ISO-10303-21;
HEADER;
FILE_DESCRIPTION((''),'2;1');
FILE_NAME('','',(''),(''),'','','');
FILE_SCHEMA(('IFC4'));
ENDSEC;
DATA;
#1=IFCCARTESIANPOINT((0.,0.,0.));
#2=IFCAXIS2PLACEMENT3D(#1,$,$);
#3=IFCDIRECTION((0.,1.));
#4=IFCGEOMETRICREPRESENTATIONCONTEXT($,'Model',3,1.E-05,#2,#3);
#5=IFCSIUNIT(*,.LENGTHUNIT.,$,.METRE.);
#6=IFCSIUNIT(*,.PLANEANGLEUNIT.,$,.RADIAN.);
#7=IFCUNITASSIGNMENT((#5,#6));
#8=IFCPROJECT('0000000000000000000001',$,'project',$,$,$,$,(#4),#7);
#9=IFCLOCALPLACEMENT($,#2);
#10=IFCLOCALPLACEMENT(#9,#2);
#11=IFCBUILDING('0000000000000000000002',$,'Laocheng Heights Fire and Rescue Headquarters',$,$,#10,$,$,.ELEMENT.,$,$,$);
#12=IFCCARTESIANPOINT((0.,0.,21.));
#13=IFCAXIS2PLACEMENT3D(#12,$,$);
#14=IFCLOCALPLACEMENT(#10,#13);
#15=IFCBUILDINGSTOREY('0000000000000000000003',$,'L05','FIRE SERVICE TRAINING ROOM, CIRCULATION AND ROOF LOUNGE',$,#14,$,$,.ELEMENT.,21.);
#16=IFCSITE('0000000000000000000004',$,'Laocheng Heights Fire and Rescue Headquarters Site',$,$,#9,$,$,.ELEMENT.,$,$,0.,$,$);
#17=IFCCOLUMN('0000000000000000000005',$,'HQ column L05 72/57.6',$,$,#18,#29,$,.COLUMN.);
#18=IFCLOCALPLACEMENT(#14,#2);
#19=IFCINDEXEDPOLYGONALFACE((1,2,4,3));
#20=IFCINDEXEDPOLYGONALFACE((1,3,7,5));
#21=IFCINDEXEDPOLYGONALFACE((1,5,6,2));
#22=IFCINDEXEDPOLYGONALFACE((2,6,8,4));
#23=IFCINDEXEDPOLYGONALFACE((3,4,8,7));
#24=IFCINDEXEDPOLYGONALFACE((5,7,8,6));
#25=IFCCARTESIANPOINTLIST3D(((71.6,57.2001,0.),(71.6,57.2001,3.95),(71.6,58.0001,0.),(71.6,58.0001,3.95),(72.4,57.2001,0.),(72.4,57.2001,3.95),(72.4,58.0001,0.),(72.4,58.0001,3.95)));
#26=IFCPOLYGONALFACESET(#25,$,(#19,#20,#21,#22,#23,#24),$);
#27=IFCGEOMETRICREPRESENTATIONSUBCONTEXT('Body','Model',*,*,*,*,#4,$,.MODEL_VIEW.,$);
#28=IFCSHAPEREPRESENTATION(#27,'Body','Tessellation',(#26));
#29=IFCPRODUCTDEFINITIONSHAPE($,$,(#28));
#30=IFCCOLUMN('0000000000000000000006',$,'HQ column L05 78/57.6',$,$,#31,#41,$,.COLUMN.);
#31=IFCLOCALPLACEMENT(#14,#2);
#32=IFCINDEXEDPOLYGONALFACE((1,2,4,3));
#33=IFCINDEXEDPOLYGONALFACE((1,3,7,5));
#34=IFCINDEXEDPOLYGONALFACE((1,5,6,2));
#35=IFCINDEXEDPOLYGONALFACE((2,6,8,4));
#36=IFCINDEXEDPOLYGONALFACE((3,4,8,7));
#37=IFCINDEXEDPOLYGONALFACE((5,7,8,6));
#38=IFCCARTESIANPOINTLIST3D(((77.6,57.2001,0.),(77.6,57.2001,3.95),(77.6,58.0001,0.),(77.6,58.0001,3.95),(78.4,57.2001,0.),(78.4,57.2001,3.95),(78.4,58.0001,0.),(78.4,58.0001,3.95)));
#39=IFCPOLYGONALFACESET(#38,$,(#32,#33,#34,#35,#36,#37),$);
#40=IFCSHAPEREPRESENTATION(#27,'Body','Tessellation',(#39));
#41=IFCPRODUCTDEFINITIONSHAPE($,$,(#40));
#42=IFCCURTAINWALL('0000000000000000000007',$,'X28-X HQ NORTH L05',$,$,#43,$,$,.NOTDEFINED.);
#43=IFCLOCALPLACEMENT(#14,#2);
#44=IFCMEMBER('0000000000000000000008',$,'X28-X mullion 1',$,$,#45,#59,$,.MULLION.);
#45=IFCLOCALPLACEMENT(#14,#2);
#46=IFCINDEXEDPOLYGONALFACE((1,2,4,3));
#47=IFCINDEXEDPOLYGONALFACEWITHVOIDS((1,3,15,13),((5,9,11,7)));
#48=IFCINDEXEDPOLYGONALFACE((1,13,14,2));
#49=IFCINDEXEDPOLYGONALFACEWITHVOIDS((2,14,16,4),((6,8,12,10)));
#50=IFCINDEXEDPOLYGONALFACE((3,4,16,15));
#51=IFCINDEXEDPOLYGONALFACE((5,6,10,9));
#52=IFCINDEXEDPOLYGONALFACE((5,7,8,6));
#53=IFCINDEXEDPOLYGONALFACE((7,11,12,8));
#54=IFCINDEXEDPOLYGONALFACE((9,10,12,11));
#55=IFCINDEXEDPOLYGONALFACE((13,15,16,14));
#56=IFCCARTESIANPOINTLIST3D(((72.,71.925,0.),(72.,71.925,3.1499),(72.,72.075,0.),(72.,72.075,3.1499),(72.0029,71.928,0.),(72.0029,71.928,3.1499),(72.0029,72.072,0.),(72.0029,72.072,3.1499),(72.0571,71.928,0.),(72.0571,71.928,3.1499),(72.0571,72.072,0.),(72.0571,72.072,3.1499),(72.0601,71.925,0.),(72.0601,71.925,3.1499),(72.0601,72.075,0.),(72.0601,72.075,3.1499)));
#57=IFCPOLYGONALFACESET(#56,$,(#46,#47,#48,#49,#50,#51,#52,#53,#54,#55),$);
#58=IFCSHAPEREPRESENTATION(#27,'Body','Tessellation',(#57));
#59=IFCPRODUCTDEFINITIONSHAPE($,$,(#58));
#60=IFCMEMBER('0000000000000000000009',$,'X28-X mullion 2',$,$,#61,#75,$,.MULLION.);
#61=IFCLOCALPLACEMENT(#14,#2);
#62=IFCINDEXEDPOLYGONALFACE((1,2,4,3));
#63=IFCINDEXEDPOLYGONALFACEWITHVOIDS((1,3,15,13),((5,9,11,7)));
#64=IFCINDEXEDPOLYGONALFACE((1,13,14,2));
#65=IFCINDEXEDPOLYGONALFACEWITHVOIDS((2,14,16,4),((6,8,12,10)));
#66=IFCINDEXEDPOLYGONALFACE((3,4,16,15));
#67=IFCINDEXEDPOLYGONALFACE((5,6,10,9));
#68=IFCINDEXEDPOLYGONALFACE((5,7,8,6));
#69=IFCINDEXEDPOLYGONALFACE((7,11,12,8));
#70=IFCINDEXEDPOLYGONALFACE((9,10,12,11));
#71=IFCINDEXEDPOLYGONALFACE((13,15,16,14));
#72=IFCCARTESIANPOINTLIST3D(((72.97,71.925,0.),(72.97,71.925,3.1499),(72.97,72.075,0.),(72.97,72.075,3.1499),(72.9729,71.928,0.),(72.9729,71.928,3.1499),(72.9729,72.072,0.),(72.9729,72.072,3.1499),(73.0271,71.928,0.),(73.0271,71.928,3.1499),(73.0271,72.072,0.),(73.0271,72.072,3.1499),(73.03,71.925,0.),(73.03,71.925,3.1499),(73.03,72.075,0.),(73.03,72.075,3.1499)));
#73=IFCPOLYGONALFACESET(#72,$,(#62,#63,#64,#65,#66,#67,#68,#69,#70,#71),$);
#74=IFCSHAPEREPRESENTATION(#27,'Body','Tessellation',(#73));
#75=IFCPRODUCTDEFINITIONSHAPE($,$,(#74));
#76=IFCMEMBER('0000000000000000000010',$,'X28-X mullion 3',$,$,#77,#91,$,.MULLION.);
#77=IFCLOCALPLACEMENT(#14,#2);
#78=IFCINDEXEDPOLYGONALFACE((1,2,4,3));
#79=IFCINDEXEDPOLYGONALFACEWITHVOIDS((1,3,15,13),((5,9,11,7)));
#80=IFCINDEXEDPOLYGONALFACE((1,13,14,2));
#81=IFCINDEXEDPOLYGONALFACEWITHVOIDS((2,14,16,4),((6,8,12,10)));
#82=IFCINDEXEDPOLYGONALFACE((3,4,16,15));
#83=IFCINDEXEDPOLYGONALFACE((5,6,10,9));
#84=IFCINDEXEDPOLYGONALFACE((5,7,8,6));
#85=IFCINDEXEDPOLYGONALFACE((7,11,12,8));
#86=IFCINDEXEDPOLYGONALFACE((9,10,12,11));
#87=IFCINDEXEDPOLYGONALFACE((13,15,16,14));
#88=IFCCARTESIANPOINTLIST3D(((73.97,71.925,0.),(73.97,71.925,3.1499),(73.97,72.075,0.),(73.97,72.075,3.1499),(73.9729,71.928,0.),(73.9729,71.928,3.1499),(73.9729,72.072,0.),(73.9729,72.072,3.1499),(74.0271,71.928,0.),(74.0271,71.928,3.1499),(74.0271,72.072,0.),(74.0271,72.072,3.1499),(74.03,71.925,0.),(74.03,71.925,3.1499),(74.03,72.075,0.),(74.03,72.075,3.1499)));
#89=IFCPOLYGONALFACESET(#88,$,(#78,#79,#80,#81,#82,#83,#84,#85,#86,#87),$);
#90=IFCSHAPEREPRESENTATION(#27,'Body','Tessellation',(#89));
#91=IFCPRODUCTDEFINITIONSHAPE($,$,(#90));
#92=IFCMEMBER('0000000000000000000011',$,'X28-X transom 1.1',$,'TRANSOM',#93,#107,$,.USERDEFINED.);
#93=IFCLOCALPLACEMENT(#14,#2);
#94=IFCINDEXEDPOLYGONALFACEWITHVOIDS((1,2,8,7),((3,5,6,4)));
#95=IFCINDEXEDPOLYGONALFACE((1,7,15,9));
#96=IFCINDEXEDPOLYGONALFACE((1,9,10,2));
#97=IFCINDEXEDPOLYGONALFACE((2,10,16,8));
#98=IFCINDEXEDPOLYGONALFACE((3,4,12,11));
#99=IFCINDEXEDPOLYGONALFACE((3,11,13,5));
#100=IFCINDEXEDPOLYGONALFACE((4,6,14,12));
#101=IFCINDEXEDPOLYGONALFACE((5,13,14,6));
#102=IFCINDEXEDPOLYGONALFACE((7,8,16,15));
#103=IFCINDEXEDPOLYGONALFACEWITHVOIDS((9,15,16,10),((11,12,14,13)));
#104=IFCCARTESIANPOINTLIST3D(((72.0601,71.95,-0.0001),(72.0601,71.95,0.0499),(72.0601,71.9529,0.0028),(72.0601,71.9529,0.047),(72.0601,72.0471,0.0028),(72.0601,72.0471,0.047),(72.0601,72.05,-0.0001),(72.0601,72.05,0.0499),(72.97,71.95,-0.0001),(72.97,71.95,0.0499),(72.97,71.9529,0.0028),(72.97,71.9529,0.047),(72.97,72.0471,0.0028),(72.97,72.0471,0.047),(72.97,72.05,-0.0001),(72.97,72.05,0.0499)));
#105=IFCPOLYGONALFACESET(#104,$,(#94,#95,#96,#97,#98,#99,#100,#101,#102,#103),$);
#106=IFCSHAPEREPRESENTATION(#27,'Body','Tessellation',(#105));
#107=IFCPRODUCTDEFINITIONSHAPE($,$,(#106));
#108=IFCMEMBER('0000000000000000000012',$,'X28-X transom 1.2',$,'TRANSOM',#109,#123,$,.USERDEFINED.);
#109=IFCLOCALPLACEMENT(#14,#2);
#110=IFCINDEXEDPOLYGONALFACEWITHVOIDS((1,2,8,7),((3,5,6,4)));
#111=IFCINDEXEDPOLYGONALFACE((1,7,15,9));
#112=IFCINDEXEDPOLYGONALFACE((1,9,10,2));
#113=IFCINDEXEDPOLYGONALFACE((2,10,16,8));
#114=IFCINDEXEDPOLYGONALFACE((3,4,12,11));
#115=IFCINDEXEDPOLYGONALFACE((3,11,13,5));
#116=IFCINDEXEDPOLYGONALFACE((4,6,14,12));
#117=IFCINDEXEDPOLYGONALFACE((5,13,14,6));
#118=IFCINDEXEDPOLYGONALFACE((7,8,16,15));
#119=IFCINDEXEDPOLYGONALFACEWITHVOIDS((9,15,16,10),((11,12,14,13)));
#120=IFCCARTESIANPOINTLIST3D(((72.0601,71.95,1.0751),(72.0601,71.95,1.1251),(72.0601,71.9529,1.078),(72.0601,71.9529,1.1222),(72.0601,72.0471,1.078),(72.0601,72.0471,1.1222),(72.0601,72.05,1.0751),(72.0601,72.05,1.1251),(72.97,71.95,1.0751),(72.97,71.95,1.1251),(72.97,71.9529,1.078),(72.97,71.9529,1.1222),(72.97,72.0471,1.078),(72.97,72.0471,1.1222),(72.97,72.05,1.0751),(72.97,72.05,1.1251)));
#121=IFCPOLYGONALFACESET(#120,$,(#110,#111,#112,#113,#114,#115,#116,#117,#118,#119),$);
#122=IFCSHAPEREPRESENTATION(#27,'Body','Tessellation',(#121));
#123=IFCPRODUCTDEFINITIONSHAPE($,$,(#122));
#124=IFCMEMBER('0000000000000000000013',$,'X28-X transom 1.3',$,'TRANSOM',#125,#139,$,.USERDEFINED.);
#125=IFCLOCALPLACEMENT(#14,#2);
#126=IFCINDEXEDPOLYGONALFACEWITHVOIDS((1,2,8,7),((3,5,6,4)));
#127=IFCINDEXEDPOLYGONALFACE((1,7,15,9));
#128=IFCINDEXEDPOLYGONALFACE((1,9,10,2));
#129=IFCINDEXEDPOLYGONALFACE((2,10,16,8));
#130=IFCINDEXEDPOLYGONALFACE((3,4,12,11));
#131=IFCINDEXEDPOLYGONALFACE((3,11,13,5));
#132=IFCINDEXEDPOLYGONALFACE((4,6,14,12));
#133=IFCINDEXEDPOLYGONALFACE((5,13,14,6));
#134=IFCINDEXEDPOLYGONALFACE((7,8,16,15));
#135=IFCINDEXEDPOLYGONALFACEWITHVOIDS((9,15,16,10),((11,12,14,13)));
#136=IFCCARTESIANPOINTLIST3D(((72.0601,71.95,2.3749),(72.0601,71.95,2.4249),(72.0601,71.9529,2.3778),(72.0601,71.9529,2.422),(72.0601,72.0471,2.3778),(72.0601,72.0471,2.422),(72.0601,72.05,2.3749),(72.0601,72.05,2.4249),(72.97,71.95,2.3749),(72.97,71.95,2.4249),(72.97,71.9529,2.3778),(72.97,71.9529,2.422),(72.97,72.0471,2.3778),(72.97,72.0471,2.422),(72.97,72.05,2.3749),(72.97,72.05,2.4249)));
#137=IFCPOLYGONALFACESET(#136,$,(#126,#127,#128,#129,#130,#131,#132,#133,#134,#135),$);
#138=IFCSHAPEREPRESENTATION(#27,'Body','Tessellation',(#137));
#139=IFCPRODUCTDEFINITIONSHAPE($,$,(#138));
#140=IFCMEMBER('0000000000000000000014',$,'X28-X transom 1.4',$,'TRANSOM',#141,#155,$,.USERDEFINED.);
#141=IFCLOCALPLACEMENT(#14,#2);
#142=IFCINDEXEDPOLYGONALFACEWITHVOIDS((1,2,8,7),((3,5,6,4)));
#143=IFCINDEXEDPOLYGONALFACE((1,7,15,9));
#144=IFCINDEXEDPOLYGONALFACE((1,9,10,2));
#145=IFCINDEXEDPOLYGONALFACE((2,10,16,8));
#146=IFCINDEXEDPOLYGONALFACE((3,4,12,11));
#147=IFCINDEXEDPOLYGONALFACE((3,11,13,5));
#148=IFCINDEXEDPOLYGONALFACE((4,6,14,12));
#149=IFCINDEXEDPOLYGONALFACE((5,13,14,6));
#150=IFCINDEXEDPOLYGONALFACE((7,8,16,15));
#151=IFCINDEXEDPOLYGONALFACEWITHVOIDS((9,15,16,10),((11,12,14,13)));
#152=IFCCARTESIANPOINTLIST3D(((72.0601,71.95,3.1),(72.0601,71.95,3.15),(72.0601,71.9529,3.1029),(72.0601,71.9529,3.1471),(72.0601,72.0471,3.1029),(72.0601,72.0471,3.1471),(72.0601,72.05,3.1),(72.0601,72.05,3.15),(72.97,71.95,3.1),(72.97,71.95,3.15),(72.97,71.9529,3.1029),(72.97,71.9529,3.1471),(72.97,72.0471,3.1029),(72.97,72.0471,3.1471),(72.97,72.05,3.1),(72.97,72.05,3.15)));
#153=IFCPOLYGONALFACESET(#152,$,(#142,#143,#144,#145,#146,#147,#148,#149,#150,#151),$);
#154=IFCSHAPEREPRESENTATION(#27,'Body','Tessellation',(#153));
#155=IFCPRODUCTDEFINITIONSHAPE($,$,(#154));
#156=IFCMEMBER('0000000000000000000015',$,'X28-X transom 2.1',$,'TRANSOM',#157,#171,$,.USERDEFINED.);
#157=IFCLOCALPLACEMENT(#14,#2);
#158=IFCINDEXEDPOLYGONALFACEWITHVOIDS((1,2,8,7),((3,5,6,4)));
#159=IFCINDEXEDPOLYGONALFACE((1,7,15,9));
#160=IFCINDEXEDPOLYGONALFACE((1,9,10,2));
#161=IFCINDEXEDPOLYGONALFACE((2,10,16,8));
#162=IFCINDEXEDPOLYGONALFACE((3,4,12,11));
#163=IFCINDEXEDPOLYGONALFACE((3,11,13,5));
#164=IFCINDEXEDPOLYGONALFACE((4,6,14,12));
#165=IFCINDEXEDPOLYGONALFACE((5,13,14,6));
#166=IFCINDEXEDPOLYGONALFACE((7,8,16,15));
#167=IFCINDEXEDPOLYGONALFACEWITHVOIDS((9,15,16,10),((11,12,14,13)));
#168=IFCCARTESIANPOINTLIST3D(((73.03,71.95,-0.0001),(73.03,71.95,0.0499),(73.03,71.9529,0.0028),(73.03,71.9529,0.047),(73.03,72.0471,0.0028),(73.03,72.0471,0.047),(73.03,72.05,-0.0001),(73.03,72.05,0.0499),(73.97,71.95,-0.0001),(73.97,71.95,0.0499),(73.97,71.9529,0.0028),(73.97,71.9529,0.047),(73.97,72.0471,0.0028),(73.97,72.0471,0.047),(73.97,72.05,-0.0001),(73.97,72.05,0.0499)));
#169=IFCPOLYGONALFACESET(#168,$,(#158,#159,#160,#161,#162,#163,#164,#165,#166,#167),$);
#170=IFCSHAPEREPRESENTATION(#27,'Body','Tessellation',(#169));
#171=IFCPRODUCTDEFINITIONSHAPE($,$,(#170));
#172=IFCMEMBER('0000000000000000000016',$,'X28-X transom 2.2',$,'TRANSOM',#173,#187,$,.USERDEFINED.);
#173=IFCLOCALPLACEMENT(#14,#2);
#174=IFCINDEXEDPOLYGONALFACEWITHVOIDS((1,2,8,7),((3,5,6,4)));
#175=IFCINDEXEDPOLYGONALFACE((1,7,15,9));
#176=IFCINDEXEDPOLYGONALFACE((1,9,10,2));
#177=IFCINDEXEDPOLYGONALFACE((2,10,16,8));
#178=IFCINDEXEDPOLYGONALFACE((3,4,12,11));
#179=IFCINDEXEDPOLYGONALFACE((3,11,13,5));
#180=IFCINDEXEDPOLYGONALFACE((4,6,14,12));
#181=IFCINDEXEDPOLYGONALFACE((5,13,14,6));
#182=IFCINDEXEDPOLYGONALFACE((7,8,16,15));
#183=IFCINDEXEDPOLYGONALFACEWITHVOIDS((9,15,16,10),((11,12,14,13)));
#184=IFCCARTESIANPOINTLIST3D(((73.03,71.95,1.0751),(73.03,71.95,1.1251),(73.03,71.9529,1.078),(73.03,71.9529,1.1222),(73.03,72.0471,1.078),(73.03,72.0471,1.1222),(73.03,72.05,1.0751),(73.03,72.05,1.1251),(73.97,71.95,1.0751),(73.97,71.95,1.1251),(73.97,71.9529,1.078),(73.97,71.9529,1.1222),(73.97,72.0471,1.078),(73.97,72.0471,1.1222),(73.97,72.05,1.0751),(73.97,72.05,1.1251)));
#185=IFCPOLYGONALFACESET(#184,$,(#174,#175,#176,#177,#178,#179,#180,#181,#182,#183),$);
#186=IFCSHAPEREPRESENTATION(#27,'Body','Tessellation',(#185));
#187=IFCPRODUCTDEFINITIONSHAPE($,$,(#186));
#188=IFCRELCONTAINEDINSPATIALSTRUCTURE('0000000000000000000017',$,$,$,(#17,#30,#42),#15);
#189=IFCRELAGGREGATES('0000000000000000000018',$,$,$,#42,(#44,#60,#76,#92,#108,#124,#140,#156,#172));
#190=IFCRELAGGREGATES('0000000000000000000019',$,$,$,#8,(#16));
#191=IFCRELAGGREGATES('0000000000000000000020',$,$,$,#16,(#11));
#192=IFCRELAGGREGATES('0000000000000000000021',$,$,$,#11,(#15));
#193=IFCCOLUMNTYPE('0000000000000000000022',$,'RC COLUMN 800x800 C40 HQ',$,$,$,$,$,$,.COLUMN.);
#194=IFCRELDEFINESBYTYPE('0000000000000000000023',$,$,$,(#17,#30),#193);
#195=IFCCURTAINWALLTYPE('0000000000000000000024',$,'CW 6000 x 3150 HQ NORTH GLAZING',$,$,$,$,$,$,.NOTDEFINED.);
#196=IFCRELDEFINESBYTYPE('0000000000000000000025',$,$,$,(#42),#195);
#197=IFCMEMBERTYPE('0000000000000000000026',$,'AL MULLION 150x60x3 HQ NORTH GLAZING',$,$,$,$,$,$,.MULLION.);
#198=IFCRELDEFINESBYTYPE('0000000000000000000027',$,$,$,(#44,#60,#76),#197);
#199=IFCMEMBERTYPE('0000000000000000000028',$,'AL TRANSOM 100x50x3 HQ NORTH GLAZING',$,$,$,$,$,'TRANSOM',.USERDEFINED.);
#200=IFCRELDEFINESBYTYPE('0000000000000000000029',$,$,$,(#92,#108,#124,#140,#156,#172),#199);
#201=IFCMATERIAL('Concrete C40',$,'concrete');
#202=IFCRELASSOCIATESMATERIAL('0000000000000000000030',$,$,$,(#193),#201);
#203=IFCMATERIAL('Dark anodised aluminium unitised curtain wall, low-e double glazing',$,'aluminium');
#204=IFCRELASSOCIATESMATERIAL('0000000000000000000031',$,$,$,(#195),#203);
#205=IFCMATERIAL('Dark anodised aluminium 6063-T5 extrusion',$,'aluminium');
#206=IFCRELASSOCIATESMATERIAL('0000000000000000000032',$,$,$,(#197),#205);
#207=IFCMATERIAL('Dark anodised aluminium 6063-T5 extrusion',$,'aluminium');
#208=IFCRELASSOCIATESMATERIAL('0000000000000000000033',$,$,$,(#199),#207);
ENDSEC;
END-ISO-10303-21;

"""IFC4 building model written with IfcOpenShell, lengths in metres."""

from ifc_helpers import new_model, si_unit, direction, frame, origin, origin_2d, place, context, subcontext, project, spatial, rectangle, hollow_rectangle, extrude, material, material_profile, profile_set, type_object, element, aggregate, save


model = new_model("IFC4")

# Units and contexts
model_context = context("Model", 3, precision=1e-05, world=origin(), true_north=direction((0.0, 1.0)))
body_context = subcontext(model_context, "Body", "Model", "MODEL_VIEW")
ifc_project = project(units=[si_unit("LENGTHUNIT", "METRE"), si_unit("PLANEANGLEUNIT", "RADIAN")], contexts=[model_context])

# Site, building, storey
site_placement = place(None, origin())
site = spatial("IfcSite", under=ifc_project, at=site_placement, Name="Laocheng Heights Fire and Rescue Headquarters Site", CompositionType="ELEMENT", RefElevation=0.0)
building_placement = place(site_placement, origin())
building = spatial("IfcBuilding", under=site, at=building_placement, Name="Laocheng Heights Fire and Rescue Headquarters", CompositionType="ELEMENT")
storey_placement = place(building_placement, frame((0.0, 0.0, 21.0)))
storey = spatial("IfcBuildingStorey", under=building, at=storey_placement, Name="L05", Description="FIRE SERVICE TRAINING ROOM, CIRCULATION AND ROOF LOUNGE", CompositionType="ELEMENT", Elevation=21.0)

# Columns
ifc_material_1 = material(Name="Concrete C40", Category="concrete")
ifc_material_profile_1 = material_profile(ifc_material_1, rectangle(XDim=0.8, YDim=0.8, at=origin_2d()), Name="RC COLUMN 800x800 C40 HQ")
ifc_profile_set_1 = profile_set([ifc_material_profile_1], Name="Concrete C40")
column_type = type_object("IfcColumnType", Name="RC COLUMN 800x800 C40 HQ", PredefinedType="COLUMN", material=ifc_profile_set_1)
for number, where, z_axis, x_axis, name in (
    (1, (72.0, 57.6001, 0.0), (0.0, 0.0, 1.0), (1.0, 0.0, 0.0), "HQ column L05 72/57.6"),
    (2, (78.0, 57.6001, 0.0), (0.0, 0.0, 1.0), (1.0, 0.0, 0.0), "HQ column L05 78/57.6"),
):
    element("IfcColumn", number, at=place(storey_placement, frame(where, z_axis=z_axis, x_axis=x_axis)), inside=storey, type_object=column_type, Name=name, PredefinedType="COLUMN", context=body_context, shape_type="SweptSolid", body=[
        extrude(rectangle(XDim=0.8, YDim=0.8, at=origin_2d()), origin(), (0.0, 0.0, 1.0), 3.95),
    ])

# Curtain wall, members
ifc_material_2 = material(Name="Dark anodised aluminium unitised curtain wall, low-e double glazing", Category="aluminium")
curtain_wall_type = type_object("IfcCurtainWallType", Name="CW 6000 x 3150 HQ NORTH GLAZING", PredefinedType="NOTDEFINED", material=ifc_material_2)
curtain_wall_placement = place(storey_placement, origin())
curtain_wall = element("IfcCurtainWall", 3, at=curtain_wall_placement, inside=storey, type_object=curtain_wall_type, Name="X28-X HQ NORTH L05", PredefinedType="NOTDEFINED")
ifc_material_3 = material(Name="Dark anodised aluminium 6063-T5 extrusion", Category="aluminium")
ifc_material_profile_2 = material_profile(ifc_material_3, hollow_rectangle(XDim=0.1499, YDim=0.0601, WallThickness=0.0029, at=origin_2d()), Name="AL MULLION 150x60x3 HQ NORTH GLAZING")
ifc_profile_set_2 = profile_set([ifc_material_profile_2], Name="Dark anodised aluminium 6063-T5 extrusion")
member_type_1 = type_object("IfcMemberType", Name="AL MULLION 150x60x3 HQ NORTH GLAZING", PredefinedType="MULLION", material=ifc_profile_set_2)
member_1_placement = place(storey_placement, frame((72.03, 72.0, 0.0), z_axis=(0.0, 0.0, 1.0), x_axis=(0.0, 1.0, 0.0)))
member_1 = element("IfcMember", 4, at=member_1_placement, type_object=member_type_1, Name="X28-X mullion 1", PredefinedType="MULLION", context=body_context, shape_type="SweptSolid", body=[
    extrude(hollow_rectangle(XDim=0.1499, YDim=0.0601, WallThickness=0.0029, at=origin_2d()), origin(), (0.0, 0.0, 1.0), 3.1499),
])
member_2_placement = place(storey_placement, frame((73.0, 72.0, 0.0), z_axis=(0.0, 0.0, 1.0), x_axis=(0.0, 1.0, 0.0)))
member_2 = element("IfcMember", 5, at=member_2_placement, type_object=member_type_1, Name="X28-X mullion 2", PredefinedType="MULLION", context=body_context, shape_type="SweptSolid", body=[
    extrude(hollow_rectangle(XDim=0.1499, YDim=0.0601, WallThickness=0.0029, at=origin_2d()), origin(), (0.0, 0.0, 1.0), 3.1499),
])
member_3_placement = place(storey_placement, frame((74.0, 72.0, 0.0), z_axis=(0.0, 0.0, 1.0), x_axis=(0.0, 1.0, 0.0)))
member_3 = element("IfcMember", 6, at=member_3_placement, type_object=member_type_1, Name="X28-X mullion 3", PredefinedType="MULLION", context=body_context, shape_type="SweptSolid", body=[
    extrude(hollow_rectangle(XDim=0.1499, YDim=0.0601, WallThickness=0.0029, at=origin_2d()), origin(), (0.0, 0.0, 1.0), 3.1499),
])
ifc_material_4 = material(Name="Dark anodised aluminium 6063-T5 extrusion", Category="aluminium")
ifc_material_profile_3 = material_profile(ifc_material_4, hollow_rectangle(XDim=0.1001, YDim=0.05, WallThickness=0.0029, at=origin_2d()), Name="AL TRANSOM 100x50x3 HQ NORTH GLAZING")
ifc_profile_set_3 = profile_set([ifc_material_profile_3], Name="Dark anodised aluminium 6063-T5 extrusion")
member_type_2 = type_object("IfcMemberType", Name="AL TRANSOM 100x50x3 HQ NORTH GLAZING", ElementType="TRANSOM", PredefinedType="USERDEFINED", material=ifc_profile_set_3)
member_4_placement = place(storey_placement, frame((72.0601, 72.0, 0.0249), z_axis=(1.0, 0.0, 0.0), x_axis=(0.0, 1.0, 0.0)))
member_4 = element("IfcMember", 7, at=member_4_placement, type_object=member_type_2, Name="X28-X transom 1.1", ObjectType="TRANSOM", PredefinedType="USERDEFINED", context=body_context, shape_type="SweptSolid", body=[
    extrude(hollow_rectangle(XDim=0.1001, YDim=0.05, WallThickness=0.0029, at=origin_2d()), origin(), (0.0, 0.0, 1.0), 0.9099),
])
member_5_placement = place(storey_placement, frame((72.0601, 72.0, 1.1001), z_axis=(1.0, 0.0, 0.0), x_axis=(0.0, 1.0, 0.0)))
member_5 = element("IfcMember", 8, at=member_5_placement, type_object=member_type_2, Name="X28-X transom 1.2", ObjectType="TRANSOM", PredefinedType="USERDEFINED", context=body_context, shape_type="SweptSolid", body=[
    extrude(hollow_rectangle(XDim=0.1001, YDim=0.05, WallThickness=0.0029, at=origin_2d()), origin(), (0.0, 0.0, 1.0), 0.9099),
])
member_6_placement = place(storey_placement, frame((72.0601, 72.0, 2.3999), z_axis=(1.0, 0.0, 0.0), x_axis=(0.0, 1.0, 0.0)))
member_6 = element("IfcMember", 9, at=member_6_placement, type_object=member_type_2, Name="X28-X transom 1.3", ObjectType="TRANSOM", PredefinedType="USERDEFINED", context=body_context, shape_type="SweptSolid", body=[
    extrude(hollow_rectangle(XDim=0.1001, YDim=0.05, WallThickness=0.0029, at=origin_2d()), origin(), (0.0, 0.0, 1.0), 0.9099),
])
member_7_placement = place(storey_placement, frame((72.0601, 72.0, 3.125), z_axis=(1.0, 0.0, 0.0), x_axis=(0.0, 1.0, 0.0)))
member_7 = element("IfcMember", 10, at=member_7_placement, type_object=member_type_2, Name="X28-X transom 1.4", ObjectType="TRANSOM", PredefinedType="USERDEFINED", context=body_context, shape_type="SweptSolid", body=[
    extrude(hollow_rectangle(XDim=0.1001, YDim=0.05, WallThickness=0.0029, at=origin_2d()), origin(), (0.0, 0.0, 1.0), 0.9099),
])
member_8_placement = place(storey_placement, frame((73.03, 72.0, 0.0249), z_axis=(1.0, 0.0, 0.0), x_axis=(0.0, 1.0, 0.0)))
member_8 = element("IfcMember", 11, at=member_8_placement, type_object=member_type_2, Name="X28-X transom 2.1", ObjectType="TRANSOM", PredefinedType="USERDEFINED", context=body_context, shape_type="SweptSolid", body=[
    extrude(hollow_rectangle(XDim=0.1001, YDim=0.05, WallThickness=0.0029, at=origin_2d()), origin(), (0.0, 0.0, 1.0), 0.9399),
])
member_9_placement = place(storey_placement, frame((73.03, 72.0, 1.1001), z_axis=(1.0, 0.0, 0.0), x_axis=(0.0, 1.0, 0.0)))
member_9 = element("IfcMember", 12, at=member_9_placement, type_object=member_type_2, Name="X28-X transom 2.2", ObjectType="TRANSOM", PredefinedType="USERDEFINED", context=body_context, shape_type="SweptSolid", body=[
    extrude(hollow_rectangle(XDim=0.1001, YDim=0.05, WallThickness=0.0029, at=origin_2d()), origin(), (0.0, 0.0, 1.0), 0.9399),
])

aggregate(curtain_wall, [member_1, member_2, member_3, member_4, member_5, member_6, member_7, member_8, member_9])

save(model, "model.ifc")
